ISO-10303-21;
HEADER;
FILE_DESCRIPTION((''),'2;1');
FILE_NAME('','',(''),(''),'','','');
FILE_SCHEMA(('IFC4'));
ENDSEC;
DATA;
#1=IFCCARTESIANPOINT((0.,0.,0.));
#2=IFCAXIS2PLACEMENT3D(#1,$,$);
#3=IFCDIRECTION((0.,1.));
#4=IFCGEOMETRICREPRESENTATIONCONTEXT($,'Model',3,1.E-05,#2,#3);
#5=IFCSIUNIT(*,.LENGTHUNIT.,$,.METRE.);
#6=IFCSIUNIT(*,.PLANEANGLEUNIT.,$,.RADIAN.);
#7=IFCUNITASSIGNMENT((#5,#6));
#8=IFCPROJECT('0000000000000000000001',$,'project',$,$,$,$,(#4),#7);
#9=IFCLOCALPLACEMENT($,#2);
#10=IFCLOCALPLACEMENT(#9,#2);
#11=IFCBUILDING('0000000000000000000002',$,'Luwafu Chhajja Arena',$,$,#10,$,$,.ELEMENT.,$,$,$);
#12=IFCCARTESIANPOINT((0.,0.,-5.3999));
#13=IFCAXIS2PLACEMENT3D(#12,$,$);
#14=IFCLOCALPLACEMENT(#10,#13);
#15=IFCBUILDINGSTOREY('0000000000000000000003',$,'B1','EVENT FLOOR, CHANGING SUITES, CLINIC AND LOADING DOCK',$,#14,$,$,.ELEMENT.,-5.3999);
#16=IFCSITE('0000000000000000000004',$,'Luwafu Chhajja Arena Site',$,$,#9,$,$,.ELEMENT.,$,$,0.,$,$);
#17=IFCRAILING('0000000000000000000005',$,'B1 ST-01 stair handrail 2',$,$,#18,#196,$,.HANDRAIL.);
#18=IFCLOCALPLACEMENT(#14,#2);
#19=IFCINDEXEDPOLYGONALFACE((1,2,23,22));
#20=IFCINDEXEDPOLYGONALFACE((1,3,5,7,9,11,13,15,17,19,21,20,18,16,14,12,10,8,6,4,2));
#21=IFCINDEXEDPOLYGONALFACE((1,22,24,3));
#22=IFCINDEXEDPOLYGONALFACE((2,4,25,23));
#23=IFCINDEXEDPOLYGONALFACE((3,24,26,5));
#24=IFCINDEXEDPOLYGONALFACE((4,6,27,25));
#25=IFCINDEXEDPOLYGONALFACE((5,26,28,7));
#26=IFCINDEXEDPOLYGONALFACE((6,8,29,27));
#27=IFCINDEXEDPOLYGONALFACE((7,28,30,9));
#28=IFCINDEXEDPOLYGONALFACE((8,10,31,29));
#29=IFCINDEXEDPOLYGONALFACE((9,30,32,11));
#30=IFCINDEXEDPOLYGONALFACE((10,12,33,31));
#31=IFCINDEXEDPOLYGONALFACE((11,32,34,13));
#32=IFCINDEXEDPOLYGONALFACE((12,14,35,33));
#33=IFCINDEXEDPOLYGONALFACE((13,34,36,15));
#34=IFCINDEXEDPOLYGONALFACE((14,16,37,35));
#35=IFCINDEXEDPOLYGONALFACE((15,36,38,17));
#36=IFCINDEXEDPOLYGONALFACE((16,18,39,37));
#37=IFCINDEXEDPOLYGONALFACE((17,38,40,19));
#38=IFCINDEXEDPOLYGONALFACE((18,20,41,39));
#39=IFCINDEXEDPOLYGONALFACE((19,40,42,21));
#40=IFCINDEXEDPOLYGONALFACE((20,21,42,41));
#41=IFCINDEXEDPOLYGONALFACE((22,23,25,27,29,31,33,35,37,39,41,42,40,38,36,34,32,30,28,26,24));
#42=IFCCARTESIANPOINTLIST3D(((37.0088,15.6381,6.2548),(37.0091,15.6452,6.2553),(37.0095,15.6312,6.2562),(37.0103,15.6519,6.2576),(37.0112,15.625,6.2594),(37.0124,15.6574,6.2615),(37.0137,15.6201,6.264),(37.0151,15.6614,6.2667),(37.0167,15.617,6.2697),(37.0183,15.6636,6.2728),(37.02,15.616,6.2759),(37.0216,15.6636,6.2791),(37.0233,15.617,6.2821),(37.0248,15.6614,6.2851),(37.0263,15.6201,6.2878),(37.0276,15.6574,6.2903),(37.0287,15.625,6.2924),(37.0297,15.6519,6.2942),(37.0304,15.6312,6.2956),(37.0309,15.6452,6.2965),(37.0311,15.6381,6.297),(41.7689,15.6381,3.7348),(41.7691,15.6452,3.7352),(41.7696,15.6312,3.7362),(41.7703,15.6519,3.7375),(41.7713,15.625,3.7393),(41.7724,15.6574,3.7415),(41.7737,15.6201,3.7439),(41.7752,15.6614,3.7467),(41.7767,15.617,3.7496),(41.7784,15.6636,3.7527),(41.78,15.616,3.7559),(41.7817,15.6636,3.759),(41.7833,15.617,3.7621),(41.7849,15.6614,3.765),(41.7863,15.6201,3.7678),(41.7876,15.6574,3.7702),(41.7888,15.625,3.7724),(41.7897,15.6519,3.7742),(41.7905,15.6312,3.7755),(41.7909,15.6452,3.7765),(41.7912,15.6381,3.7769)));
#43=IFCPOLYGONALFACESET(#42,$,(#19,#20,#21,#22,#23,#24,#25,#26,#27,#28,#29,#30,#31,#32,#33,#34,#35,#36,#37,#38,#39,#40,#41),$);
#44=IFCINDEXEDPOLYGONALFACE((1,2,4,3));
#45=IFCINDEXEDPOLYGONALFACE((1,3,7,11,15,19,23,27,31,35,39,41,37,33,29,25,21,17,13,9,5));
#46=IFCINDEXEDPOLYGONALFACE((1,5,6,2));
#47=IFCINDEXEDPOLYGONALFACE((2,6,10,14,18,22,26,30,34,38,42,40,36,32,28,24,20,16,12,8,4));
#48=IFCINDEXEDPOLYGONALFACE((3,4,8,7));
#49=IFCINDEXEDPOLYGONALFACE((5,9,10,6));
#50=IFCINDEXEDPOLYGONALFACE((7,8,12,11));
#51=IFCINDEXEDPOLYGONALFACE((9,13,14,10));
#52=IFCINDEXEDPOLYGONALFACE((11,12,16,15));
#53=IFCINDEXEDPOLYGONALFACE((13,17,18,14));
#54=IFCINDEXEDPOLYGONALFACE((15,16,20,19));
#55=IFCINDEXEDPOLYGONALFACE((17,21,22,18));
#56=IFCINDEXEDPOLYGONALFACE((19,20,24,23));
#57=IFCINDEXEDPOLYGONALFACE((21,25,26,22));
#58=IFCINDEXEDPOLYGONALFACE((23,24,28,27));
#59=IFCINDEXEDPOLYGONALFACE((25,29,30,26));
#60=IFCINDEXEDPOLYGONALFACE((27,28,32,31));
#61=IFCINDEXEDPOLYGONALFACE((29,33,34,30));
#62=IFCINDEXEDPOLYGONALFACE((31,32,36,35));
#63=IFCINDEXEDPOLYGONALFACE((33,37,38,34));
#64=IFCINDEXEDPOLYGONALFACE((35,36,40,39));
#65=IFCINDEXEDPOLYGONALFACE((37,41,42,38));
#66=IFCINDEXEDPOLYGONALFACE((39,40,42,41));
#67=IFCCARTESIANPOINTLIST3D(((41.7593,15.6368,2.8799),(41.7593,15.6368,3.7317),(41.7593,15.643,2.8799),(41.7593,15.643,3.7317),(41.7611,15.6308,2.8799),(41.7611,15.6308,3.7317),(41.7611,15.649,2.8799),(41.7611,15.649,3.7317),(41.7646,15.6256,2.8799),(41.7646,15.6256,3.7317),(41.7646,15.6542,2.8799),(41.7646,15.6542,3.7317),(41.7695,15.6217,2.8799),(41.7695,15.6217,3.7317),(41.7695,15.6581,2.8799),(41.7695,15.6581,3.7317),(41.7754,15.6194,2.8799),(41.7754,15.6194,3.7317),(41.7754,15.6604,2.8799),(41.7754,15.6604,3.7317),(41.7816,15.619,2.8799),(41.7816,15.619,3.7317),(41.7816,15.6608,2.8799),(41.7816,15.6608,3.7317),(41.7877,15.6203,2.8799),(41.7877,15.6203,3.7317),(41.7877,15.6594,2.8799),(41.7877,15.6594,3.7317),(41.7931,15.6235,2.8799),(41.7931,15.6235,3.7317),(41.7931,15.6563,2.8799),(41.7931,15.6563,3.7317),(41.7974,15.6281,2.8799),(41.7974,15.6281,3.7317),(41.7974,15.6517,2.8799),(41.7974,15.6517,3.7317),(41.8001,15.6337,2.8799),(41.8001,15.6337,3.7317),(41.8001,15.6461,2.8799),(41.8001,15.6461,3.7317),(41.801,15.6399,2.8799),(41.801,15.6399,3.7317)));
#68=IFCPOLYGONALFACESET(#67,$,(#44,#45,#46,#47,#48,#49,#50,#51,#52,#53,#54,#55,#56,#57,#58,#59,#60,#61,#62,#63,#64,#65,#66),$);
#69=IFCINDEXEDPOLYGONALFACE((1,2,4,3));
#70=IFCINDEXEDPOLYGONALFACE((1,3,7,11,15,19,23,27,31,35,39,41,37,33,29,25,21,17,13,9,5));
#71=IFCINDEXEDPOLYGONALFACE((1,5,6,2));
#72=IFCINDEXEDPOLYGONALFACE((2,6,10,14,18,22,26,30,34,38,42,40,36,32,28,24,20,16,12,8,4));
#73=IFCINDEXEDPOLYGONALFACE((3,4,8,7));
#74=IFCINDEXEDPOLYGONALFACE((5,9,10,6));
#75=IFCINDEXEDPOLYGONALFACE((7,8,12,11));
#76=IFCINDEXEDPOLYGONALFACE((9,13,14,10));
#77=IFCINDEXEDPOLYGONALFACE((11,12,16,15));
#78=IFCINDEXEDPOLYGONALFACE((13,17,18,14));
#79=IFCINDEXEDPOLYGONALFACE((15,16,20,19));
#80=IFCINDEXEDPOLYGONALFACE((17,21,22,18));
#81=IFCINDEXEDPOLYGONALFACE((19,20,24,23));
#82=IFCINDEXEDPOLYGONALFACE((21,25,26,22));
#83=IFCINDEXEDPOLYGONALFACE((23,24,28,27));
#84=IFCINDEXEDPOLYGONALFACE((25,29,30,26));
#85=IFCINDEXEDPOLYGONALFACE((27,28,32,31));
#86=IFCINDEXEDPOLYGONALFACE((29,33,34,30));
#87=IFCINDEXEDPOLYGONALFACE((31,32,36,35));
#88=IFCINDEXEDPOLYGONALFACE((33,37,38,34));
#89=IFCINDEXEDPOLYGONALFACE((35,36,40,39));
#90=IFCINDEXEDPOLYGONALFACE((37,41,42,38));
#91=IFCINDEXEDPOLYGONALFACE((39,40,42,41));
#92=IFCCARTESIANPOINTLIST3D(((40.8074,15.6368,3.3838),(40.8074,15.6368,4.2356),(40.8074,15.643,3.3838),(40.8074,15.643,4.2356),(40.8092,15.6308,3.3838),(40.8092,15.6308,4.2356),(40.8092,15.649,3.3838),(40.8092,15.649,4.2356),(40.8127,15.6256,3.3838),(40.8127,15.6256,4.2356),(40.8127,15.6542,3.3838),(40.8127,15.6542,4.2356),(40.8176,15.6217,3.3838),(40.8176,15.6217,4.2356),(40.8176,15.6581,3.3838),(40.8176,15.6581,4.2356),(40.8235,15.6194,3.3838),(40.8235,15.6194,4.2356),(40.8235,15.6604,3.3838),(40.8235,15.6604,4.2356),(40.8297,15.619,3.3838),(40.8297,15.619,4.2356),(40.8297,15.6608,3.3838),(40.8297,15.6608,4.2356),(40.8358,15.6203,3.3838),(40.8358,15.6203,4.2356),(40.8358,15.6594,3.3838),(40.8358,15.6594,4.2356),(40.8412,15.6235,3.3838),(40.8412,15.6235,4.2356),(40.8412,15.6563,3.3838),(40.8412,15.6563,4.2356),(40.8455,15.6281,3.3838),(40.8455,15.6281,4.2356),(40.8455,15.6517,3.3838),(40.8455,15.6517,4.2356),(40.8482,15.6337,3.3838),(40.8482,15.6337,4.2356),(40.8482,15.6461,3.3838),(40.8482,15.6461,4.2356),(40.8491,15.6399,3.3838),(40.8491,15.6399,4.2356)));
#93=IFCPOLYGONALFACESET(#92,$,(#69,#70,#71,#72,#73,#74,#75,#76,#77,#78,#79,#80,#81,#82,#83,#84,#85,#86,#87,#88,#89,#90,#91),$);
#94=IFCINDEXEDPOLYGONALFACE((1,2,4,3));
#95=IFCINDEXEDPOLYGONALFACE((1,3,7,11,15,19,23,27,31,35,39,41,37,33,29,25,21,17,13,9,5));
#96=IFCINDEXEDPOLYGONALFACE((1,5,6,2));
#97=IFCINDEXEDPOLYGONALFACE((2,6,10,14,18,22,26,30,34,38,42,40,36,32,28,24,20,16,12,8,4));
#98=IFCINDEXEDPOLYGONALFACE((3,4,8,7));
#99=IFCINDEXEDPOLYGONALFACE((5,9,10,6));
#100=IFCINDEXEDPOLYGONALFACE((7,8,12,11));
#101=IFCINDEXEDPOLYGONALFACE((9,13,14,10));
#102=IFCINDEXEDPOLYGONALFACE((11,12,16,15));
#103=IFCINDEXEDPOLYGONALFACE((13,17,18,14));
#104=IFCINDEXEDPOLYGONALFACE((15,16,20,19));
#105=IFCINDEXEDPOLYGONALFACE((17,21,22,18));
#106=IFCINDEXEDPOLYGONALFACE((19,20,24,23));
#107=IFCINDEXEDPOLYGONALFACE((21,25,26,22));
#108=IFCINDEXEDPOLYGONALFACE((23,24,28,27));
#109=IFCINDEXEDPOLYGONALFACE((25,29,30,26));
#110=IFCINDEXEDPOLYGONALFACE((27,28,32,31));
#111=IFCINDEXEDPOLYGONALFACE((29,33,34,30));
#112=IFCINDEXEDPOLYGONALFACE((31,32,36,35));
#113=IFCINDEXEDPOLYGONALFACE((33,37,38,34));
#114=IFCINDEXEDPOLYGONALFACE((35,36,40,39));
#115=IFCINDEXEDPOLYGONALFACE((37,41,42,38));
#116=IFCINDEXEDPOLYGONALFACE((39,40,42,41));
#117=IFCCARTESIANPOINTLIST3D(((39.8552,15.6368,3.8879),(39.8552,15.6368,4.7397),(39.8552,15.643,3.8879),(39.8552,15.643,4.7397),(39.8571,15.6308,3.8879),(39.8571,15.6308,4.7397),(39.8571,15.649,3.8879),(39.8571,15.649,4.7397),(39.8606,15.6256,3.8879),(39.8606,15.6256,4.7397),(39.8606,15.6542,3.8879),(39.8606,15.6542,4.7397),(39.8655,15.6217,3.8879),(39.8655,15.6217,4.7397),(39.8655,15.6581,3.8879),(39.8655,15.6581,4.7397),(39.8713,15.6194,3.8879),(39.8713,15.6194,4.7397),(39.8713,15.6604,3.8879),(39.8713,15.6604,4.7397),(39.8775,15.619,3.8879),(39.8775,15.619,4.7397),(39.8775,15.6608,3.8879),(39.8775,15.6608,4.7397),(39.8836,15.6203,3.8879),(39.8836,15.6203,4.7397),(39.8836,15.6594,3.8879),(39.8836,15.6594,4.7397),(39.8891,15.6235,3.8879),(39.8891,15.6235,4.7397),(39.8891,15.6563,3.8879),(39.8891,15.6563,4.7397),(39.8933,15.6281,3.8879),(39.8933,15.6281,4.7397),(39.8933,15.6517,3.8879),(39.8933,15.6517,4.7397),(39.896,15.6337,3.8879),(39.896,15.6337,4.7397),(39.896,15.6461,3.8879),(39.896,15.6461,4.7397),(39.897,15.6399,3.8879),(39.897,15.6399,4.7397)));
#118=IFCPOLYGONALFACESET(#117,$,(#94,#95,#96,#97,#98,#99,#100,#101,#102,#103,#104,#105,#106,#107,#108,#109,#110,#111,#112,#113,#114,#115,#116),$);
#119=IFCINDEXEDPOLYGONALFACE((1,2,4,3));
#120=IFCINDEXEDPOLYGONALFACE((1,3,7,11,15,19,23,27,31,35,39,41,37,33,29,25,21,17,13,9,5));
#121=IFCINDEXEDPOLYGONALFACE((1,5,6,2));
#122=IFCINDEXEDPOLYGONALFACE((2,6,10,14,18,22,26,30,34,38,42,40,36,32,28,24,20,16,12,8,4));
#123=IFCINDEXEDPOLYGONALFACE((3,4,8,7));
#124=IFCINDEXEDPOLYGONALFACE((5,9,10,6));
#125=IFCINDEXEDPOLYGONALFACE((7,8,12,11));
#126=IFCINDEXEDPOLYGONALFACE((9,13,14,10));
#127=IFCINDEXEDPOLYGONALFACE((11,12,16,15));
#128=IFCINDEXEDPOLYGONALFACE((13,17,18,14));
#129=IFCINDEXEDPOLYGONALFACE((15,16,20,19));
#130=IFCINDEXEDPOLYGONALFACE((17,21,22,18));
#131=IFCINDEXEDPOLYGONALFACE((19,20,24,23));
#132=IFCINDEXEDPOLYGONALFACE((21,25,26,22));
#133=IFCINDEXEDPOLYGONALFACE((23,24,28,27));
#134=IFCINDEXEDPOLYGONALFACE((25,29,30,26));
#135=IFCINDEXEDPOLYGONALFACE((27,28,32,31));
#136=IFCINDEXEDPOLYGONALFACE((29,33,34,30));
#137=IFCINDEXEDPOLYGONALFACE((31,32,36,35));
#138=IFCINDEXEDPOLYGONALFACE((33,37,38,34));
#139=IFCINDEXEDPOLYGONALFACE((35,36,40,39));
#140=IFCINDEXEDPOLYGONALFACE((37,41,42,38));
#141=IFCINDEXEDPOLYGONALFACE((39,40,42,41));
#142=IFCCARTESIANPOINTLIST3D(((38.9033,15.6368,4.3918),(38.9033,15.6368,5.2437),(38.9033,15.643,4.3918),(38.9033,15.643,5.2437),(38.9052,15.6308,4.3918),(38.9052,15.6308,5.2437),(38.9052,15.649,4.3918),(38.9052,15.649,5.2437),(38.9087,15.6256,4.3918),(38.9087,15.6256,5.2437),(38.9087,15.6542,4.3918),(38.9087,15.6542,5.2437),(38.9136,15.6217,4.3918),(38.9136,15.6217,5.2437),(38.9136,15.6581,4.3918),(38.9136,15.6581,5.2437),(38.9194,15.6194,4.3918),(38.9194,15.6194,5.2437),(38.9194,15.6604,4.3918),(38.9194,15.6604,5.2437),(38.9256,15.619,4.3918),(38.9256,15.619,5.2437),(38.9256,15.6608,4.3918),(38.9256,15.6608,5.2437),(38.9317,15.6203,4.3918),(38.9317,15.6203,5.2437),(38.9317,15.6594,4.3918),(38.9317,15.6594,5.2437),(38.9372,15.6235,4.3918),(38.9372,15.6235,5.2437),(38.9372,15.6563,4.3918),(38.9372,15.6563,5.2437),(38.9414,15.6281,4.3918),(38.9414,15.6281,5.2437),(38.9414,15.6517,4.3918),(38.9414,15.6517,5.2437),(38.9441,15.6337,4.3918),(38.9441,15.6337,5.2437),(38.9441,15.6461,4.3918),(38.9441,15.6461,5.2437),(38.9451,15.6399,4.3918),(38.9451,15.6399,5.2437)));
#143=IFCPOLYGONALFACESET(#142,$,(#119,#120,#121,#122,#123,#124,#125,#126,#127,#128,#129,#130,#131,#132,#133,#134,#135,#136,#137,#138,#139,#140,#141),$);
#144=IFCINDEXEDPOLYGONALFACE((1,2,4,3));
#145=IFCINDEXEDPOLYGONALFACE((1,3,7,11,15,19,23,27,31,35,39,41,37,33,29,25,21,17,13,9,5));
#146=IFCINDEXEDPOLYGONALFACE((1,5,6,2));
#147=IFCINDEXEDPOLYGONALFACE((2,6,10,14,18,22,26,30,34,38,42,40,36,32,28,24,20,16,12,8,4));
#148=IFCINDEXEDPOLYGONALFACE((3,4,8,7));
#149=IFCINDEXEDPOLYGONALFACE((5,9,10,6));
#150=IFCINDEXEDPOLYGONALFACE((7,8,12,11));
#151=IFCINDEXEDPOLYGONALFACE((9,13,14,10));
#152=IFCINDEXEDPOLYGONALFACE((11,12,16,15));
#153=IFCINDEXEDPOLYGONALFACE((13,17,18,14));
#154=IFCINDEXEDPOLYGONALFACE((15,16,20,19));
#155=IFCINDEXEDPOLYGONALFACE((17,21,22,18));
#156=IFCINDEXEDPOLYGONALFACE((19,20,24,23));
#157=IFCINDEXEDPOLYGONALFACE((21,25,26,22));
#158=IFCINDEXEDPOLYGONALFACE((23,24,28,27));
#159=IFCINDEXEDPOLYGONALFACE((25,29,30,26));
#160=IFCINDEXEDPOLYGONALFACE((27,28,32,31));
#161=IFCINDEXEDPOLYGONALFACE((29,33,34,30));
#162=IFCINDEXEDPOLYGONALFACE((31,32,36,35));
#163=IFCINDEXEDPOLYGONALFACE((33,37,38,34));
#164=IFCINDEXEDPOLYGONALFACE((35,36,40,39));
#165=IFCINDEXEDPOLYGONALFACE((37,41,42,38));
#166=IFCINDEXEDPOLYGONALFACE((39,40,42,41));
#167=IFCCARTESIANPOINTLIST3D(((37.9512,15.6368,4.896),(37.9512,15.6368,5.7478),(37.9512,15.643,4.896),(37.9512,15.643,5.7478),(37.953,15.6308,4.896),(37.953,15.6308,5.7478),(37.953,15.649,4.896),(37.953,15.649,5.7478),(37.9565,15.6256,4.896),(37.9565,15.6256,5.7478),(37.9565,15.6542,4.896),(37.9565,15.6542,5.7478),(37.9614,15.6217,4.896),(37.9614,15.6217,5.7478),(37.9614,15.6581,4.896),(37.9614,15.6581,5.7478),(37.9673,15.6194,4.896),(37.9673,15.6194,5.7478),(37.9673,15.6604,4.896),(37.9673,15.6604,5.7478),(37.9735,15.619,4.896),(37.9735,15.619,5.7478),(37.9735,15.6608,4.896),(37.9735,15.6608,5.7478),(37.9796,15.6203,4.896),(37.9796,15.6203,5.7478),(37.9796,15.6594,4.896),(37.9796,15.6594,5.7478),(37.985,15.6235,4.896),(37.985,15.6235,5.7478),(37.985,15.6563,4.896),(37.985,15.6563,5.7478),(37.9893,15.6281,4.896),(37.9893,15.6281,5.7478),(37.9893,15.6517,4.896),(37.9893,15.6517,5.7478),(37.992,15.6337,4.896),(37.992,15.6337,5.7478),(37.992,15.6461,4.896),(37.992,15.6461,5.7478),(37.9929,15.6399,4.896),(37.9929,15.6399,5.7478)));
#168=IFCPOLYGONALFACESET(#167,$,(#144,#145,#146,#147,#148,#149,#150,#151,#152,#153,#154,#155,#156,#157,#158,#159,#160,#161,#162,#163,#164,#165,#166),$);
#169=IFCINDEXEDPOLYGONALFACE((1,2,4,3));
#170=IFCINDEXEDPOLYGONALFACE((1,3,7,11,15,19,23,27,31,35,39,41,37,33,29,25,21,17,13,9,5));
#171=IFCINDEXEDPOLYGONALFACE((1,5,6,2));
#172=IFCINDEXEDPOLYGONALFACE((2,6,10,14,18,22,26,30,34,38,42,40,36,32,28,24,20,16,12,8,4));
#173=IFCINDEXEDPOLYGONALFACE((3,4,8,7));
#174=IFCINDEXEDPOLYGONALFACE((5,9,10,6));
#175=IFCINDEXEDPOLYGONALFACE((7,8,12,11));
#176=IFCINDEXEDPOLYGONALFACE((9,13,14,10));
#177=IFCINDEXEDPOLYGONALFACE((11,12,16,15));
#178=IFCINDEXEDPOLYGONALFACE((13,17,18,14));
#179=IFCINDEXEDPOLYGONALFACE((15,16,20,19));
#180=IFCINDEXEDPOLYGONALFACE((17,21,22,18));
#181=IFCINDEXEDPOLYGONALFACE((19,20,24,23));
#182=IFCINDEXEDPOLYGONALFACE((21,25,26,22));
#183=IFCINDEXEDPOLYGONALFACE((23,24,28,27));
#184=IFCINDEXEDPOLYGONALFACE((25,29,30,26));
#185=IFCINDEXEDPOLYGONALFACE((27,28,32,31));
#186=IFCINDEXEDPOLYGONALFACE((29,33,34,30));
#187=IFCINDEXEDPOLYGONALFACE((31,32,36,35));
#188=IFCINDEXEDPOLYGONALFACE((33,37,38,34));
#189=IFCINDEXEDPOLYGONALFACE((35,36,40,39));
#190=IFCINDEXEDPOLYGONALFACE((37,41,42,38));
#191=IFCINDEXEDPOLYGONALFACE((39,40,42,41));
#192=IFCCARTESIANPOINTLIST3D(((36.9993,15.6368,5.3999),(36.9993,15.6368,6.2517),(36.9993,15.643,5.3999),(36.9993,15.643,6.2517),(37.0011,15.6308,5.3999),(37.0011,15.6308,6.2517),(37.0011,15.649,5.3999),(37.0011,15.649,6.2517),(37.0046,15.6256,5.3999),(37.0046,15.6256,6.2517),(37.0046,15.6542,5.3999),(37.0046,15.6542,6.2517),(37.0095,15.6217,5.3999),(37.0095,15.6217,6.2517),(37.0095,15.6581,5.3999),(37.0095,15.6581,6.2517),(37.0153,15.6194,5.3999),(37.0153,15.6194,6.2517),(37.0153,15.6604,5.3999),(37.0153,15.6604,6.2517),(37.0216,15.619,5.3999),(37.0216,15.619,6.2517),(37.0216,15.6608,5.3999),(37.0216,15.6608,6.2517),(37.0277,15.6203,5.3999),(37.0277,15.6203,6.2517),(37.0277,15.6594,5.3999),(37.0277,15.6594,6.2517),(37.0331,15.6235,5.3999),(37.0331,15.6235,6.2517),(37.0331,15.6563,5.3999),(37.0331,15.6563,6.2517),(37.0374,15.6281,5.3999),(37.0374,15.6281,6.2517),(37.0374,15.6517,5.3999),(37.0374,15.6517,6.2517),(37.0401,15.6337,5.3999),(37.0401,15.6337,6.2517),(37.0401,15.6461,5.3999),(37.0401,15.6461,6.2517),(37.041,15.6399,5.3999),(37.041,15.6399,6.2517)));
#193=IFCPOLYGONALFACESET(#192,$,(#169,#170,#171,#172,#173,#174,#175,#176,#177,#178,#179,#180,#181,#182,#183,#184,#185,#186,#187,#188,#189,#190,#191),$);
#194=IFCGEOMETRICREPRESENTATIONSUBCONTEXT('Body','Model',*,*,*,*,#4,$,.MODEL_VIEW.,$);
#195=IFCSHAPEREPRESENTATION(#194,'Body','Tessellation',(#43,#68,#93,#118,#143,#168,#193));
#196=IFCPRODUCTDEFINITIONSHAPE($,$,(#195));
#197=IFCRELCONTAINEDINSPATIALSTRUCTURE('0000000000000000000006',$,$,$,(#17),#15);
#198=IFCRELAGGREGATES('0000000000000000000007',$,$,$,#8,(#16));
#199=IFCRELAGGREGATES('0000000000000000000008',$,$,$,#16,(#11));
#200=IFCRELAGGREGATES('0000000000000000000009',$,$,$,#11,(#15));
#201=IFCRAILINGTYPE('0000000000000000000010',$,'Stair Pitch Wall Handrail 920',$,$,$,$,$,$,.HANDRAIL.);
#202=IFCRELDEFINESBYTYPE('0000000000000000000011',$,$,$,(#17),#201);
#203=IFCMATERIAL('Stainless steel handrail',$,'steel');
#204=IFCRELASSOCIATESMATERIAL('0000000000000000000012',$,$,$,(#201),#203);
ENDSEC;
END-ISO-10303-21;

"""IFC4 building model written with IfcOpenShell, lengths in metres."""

from ifc_helpers import new_model, si_unit, direction, frame, origin, origin_2d, place, context, subcontext, project, spatial, circle, extrude, material, type_object, element, save


model = new_model("IFC4")

# Units and contexts
model_context = context("Model", 3, precision=1e-05, world=origin(), true_north=direction((0.0, 1.0)))
body_context = subcontext(model_context, "Body", "Model", "MODEL_VIEW")
ifc_project = project(units=[si_unit("LENGTHUNIT", "METRE"), si_unit("PLANEANGLEUNIT", "RADIAN")], contexts=[model_context])

# Site, building, storey
site_placement = place(None, origin())
site = spatial("IfcSite", under=ifc_project, at=site_placement, Name="Luwafu Chhajja Arena Site", CompositionType="ELEMENT", RefElevation=0.0)
building_placement = place(site_placement, origin())
building = spatial("IfcBuilding", under=site, at=building_placement, Name="Luwafu Chhajja Arena", CompositionType="ELEMENT")
storey_placement = place(building_placement, frame((0.0, 0.0, -5.3999)))
storey = spatial("IfcBuildingStorey", under=building, at=storey_placement, Name="B1", Description="EVENT FLOOR, CHANGING SUITES, CLINIC AND LOADING DOCK", CompositionType="ELEMENT", Elevation=-5.3999)

# Railing
ifc_material_1 = material(Name="Stainless steel handrail", Category="steel")
railing_type_1 = type_object("IfcRailingType", Name="Stair Pitch Wall Handrail 920", PredefinedType="HANDRAIL", material=ifc_material_1)
for number, where, name in (
    (1, (41.78, 15.6399, 2.8799), "B1 ST-01 stair handrail 2"),
):
    element("IfcRailing", number, at=place(storey_placement, frame(where)), inside=storey, type_object=railing_type_1, Name=name, PredefinedType="HANDRAIL", context=body_context, shape_type="SweptSolid", body=[
        extrude(circle(Radius=0.0239, at=origin_2d()), frame((0.0, 0.0, 0.876), z_axis=(-0.883787, 0.0, 0.46789), x_axis=(0.0, -1.0, 0.0)), (0.0, 0.0, 1.0), 5.386),
        extrude(circle(Radius=0.021, at=origin_2d()), origin(), (0.0, 0.0, 1.0), 0.8518),
        extrude(circle(Radius=0.021, at=origin_2d()), frame((-0.9519, 0.0, 0.5039)), (0.0, 0.0, 1.0), 0.8518),
        extrude(circle(Radius=0.021, at=origin_2d()), frame((-1.9041, 0.0, 1.0081)), (0.0, 0.0, 1.0), 0.8518),
        extrude(circle(Radius=0.021, at=origin_2d()), frame((-2.856, 0.0, 1.512)), (0.0, 0.0, 1.0), 0.8518),
        extrude(circle(Radius=0.021, at=origin_2d()), frame((-3.8081, 0.0, 2.0161)), (0.0, 0.0, 1.0), 0.8518),
        extrude(circle(Radius=0.021, at=origin_2d()), frame((-4.76, 0.0, 2.52)), (0.0, 0.0, 1.0), 0.8518),
    ])

save(model, "model.ifc")
